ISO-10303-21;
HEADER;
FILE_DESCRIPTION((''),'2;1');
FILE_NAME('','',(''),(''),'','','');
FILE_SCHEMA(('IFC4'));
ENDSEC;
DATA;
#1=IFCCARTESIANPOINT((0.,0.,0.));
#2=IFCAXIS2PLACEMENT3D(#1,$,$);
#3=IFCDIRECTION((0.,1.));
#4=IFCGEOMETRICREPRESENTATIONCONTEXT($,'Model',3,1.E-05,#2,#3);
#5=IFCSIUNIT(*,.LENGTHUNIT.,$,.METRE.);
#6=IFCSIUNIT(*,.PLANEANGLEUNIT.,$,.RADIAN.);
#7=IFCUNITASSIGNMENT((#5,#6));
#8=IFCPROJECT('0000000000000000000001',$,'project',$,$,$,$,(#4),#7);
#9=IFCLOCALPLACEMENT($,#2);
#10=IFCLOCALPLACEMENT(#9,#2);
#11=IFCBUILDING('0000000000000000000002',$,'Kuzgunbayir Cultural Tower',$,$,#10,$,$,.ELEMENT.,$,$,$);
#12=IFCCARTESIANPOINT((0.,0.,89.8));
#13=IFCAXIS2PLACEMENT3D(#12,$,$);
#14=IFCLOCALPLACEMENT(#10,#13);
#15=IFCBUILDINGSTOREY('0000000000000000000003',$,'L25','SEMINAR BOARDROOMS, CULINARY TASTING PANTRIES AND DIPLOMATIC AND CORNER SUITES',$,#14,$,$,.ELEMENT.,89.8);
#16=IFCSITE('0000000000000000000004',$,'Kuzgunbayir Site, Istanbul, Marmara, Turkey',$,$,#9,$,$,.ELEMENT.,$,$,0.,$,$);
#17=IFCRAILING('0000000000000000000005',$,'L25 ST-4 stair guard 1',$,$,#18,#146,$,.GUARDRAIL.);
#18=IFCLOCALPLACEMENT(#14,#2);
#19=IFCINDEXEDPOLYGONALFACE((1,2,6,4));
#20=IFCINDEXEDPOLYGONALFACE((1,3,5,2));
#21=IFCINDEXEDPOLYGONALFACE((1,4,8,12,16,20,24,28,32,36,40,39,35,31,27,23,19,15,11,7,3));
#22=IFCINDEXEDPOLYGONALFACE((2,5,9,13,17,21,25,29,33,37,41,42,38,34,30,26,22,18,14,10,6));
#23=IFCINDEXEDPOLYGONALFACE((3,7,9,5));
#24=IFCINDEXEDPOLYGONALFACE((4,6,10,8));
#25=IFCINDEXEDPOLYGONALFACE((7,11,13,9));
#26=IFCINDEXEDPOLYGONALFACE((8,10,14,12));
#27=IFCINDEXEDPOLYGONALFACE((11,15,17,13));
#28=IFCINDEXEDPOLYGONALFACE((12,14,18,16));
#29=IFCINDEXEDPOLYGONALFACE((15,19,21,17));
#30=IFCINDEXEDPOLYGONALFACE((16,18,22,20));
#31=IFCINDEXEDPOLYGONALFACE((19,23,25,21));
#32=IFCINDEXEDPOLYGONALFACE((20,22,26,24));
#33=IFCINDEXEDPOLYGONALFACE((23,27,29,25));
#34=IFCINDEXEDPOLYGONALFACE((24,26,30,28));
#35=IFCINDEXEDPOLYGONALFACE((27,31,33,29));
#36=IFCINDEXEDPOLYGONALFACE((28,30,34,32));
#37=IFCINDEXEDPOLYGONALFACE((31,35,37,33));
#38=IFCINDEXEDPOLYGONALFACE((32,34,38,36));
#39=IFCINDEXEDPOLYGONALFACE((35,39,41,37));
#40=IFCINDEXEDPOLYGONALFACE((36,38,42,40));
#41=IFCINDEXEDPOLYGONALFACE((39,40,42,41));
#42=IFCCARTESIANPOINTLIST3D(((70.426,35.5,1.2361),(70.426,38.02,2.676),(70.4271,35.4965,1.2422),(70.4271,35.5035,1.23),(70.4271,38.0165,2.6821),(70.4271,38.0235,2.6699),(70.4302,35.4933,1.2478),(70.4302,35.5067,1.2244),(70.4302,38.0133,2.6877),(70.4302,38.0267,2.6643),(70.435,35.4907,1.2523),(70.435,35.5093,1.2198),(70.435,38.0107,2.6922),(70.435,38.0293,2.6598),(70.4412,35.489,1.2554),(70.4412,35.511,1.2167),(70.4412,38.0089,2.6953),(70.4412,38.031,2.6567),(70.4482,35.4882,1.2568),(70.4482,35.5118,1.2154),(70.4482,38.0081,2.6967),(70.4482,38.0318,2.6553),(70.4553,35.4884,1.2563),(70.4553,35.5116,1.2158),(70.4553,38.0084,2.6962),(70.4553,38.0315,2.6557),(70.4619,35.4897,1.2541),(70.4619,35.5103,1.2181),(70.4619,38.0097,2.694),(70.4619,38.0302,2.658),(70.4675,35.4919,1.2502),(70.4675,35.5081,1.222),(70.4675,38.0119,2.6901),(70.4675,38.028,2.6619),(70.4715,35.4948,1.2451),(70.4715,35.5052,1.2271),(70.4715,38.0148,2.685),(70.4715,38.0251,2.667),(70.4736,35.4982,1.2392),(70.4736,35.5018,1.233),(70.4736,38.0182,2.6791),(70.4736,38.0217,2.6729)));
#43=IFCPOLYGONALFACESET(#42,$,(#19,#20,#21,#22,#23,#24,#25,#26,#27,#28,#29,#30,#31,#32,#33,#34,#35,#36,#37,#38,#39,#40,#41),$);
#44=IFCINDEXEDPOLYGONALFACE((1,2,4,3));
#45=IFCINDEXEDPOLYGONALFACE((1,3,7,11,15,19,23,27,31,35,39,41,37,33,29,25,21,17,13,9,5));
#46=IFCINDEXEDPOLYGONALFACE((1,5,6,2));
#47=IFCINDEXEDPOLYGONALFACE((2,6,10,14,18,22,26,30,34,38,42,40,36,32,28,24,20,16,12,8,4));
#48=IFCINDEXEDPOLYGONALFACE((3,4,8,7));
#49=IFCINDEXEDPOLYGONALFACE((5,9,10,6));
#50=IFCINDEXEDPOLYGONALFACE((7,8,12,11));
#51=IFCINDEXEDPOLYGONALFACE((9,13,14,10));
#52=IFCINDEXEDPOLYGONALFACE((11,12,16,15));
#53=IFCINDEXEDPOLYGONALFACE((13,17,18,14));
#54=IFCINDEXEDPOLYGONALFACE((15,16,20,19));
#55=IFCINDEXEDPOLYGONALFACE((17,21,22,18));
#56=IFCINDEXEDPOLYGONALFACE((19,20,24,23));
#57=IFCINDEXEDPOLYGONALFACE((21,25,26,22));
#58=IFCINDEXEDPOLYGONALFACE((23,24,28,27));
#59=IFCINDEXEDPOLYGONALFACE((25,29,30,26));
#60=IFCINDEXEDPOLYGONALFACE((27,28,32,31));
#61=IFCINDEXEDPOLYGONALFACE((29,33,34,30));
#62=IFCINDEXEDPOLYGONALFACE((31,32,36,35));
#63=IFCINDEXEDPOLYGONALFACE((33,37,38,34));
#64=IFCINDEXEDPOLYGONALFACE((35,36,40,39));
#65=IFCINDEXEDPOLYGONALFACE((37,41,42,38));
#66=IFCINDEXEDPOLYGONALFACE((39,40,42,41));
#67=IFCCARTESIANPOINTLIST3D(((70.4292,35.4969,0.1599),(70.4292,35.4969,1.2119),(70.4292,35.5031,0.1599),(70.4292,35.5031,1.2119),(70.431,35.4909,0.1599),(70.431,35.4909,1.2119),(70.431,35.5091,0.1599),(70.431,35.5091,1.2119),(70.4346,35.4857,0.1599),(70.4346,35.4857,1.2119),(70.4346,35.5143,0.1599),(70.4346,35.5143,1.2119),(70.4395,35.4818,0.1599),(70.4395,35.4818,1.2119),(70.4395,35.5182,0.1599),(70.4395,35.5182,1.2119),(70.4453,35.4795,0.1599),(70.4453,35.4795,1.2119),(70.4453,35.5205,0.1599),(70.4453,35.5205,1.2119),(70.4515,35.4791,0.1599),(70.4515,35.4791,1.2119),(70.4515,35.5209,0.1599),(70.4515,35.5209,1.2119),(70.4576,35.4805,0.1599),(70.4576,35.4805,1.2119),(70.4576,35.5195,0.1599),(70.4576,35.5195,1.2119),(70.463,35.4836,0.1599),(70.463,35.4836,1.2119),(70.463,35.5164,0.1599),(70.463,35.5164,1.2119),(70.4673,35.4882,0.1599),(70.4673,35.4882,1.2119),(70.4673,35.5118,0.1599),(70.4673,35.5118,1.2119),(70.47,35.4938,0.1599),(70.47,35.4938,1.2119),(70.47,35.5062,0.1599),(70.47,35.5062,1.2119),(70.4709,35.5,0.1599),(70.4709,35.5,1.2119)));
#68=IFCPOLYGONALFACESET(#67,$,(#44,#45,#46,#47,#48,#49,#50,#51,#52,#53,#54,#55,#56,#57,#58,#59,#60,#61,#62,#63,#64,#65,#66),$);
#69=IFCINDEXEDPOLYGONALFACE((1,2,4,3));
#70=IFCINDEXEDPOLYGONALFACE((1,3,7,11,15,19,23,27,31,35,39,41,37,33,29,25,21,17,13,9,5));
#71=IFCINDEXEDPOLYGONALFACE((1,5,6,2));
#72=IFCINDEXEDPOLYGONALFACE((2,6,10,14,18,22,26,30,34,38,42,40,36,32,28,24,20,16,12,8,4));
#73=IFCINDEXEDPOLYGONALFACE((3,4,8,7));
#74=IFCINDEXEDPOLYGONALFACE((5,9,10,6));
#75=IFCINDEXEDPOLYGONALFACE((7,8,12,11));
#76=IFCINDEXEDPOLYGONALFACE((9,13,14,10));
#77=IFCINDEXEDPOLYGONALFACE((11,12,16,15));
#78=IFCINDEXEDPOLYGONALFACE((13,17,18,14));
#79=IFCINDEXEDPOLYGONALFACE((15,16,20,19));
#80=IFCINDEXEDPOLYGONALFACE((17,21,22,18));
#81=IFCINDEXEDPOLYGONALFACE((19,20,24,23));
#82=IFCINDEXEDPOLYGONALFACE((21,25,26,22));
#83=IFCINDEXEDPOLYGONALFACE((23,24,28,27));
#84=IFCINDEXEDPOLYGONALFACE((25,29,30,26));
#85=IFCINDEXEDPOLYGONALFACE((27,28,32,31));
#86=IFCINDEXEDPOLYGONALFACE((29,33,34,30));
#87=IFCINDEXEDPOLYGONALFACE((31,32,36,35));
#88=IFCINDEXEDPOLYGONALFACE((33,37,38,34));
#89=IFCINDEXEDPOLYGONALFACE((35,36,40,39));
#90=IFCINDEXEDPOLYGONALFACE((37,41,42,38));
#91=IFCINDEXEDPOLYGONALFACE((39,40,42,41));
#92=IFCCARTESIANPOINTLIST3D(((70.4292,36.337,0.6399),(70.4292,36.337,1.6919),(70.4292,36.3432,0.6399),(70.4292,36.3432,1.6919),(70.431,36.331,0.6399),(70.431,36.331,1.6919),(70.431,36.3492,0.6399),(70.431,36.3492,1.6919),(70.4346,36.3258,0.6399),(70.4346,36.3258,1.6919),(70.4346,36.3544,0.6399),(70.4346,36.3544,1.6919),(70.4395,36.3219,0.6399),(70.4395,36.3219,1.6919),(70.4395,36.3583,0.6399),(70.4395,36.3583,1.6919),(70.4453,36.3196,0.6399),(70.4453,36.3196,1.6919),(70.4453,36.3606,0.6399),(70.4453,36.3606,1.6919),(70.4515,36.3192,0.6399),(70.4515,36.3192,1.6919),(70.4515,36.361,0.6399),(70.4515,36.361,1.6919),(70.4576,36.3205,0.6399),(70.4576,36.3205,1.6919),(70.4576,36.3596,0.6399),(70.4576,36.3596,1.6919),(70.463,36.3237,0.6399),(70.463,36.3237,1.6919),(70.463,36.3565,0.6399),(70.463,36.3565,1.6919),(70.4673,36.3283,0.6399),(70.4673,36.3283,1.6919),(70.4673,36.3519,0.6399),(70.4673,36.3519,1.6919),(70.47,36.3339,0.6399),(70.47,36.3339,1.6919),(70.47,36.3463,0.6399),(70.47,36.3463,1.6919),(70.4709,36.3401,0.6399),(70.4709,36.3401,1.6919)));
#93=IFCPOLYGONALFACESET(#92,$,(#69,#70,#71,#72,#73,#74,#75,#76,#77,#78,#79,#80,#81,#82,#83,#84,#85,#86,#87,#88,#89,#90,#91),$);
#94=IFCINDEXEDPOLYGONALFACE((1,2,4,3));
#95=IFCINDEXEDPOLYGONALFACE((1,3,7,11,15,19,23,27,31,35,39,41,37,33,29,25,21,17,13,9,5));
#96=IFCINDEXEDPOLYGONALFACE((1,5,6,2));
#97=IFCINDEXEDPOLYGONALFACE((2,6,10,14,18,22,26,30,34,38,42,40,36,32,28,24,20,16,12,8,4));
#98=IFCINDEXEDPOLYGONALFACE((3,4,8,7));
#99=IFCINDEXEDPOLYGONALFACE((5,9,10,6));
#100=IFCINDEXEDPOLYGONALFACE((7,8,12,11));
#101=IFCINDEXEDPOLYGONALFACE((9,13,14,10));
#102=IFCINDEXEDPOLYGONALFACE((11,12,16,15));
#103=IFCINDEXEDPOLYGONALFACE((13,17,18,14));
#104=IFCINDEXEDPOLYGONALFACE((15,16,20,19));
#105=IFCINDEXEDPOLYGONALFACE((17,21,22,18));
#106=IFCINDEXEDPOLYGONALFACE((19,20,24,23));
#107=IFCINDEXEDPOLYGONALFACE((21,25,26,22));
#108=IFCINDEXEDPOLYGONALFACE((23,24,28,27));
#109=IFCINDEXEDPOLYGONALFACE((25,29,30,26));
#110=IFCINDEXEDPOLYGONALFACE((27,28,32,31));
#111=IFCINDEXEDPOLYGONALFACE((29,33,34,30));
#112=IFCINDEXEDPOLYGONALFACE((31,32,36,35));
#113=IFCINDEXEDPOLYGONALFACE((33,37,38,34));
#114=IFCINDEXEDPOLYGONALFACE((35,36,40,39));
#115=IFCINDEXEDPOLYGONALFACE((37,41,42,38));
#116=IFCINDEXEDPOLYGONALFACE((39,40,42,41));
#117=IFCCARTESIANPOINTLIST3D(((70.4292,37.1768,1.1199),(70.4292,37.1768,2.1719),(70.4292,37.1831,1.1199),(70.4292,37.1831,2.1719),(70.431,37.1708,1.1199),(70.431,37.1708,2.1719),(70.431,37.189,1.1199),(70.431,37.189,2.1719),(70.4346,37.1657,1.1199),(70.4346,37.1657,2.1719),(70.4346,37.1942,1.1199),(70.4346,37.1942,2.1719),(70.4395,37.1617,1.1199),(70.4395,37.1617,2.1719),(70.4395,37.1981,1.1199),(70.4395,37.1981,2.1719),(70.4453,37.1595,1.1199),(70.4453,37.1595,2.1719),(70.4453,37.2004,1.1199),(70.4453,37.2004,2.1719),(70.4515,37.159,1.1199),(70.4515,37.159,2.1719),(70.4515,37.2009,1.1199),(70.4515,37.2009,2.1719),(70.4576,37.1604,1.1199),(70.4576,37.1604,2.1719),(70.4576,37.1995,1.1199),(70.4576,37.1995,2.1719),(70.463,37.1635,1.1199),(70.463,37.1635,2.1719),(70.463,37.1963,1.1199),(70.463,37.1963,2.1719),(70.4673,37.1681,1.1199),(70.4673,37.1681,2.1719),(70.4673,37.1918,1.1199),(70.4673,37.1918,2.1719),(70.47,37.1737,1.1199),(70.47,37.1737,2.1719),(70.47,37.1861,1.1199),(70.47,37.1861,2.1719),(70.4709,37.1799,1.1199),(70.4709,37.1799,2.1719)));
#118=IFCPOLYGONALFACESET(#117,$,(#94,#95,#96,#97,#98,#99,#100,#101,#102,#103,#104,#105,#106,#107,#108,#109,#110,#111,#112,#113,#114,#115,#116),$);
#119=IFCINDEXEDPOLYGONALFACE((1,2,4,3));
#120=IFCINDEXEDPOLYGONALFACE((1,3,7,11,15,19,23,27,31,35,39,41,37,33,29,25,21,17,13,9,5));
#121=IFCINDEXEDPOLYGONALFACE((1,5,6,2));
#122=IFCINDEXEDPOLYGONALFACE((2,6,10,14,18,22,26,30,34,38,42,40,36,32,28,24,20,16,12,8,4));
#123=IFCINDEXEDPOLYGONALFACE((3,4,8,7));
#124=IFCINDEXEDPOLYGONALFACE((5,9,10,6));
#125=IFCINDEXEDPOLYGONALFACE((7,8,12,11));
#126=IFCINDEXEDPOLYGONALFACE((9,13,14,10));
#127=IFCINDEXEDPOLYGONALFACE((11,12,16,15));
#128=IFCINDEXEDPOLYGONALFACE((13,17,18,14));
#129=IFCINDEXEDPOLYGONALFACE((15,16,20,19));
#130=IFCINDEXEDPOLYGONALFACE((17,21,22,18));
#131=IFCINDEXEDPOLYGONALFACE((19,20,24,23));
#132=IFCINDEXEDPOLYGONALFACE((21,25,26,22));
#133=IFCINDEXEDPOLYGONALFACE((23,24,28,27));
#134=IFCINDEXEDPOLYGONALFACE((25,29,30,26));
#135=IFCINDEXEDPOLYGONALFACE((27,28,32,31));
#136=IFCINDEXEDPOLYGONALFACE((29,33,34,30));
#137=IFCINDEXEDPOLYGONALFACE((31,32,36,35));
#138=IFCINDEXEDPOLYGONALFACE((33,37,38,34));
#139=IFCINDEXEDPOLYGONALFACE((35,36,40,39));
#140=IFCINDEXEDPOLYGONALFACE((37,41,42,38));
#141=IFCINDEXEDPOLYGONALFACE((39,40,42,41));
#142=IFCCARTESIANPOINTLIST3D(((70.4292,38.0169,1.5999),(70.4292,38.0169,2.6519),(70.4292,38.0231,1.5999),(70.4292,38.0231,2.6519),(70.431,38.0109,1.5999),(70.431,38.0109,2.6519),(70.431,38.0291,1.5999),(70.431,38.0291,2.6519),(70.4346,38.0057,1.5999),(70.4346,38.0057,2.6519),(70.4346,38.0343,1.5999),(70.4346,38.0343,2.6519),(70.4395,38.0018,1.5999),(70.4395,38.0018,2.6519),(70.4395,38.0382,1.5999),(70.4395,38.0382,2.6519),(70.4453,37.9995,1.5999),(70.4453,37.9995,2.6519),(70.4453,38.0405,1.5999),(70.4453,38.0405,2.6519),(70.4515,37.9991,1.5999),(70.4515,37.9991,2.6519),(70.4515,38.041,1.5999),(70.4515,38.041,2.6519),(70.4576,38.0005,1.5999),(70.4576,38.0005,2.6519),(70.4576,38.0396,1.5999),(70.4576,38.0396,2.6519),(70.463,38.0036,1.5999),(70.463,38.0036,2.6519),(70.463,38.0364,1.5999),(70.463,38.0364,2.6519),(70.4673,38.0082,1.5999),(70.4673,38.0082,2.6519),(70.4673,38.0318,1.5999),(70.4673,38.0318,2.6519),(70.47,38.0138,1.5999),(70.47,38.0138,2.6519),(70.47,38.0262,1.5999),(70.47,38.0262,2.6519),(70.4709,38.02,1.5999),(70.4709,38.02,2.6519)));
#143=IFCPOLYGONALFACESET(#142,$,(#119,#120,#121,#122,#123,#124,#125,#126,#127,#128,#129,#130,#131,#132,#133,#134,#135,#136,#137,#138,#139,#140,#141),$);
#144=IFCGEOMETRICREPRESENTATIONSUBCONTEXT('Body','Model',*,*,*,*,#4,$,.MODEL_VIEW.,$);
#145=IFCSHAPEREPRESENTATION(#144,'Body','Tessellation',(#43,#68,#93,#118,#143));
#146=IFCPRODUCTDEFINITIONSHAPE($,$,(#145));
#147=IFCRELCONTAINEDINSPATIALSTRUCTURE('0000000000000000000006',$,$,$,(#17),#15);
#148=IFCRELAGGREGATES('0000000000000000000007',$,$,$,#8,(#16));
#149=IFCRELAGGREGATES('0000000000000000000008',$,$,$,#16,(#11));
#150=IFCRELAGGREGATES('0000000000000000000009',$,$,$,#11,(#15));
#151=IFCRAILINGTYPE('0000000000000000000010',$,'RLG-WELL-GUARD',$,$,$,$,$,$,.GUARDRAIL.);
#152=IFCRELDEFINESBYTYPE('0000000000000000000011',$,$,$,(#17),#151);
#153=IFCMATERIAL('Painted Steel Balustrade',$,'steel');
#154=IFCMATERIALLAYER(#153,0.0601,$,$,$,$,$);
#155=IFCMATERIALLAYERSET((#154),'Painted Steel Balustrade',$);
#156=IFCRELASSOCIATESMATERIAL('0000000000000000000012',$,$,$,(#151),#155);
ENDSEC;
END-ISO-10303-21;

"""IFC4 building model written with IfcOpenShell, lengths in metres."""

from ifc_helpers import new_model, si_unit, direction, frame, origin, origin_2d, place, context, subcontext, project, spatial, circle, extrude, material, layer, layer_set, type_object, element, save


model = new_model("IFC4")

# Units and contexts
model_context = context("Model", 3, precision=1e-05, world=origin(), true_north=direction((0.0, 1.0)))
body_context = subcontext(model_context, "Body", "Model", "MODEL_VIEW")
ifc_project = project(units=[si_unit("LENGTHUNIT", "METRE"), si_unit("PLANEANGLEUNIT", "RADIAN")], contexts=[model_context])

# Site, building, storey
site_placement = place(None, origin())
site = spatial("IfcSite", under=ifc_project, at=site_placement, Name="Kuzgunbayir Site, Istanbul, Marmara, Turkey", CompositionType="ELEMENT", RefElevation=0.0)
building_placement = place(site_placement, origin())
building = spatial("IfcBuilding", under=site, at=building_placement, Name="Kuzgunbayir Cultural Tower", CompositionType="ELEMENT")
storey_placement = place(building_placement, frame((0.0, 0.0, 89.8)))
storey = spatial("IfcBuildingStorey", under=building, at=storey_placement, Name="L25", Description="SEMINAR BOARDROOMS, CULINARY TASTING PANTRIES AND DIPLOMATIC AND CORNER SUITES", CompositionType="ELEMENT", Elevation=89.8)

# Railing
ifc_material_1 = material(Name="Painted Steel Balustrade", Category="steel")
ifc_layer_1 = layer(ifc_material_1, 0.0601)
ifc_layer_set_1 = layer_set([ifc_layer_1], Name="Painted Steel Balustrade")
railing_type_1 = type_object("IfcRailingType", Name="RLG-WELL-GUARD", PredefinedType="GUARDRAIL", material=ifc_layer_set_1)
railing_1_placement = place(storey_placement, frame((70.45, 35.5, 0.1599)))
element("IfcRailing", 1, at=railing_1_placement, inside=storey, type_object=railing_type_1, Name="L25 ST-4 stair guard 1", PredefinedType="GUARDRAIL", context=body_context, shape_type="SweptSolid", body=[
    extrude(circle(Radius=0.0239, at=origin_2d()), frame((0.0, 0.0, 1.0762), z_axis=(0.0, 0.868253, 0.496121), x_axis=(-1.0, 0.0, 0.0)), (0.0, 0.0, 1.0), 2.9023),
    extrude(circle(Radius=0.021, at=origin_2d()), origin(), (0.0, 0.0, 1.0), 1.052),
    extrude(circle(Radius=0.021, at=origin_2d()), frame((0.0, 0.8401, 0.48)), (0.0, 0.0, 1.0), 1.052),
    extrude(circle(Radius=0.021, at=origin_2d()), frame((0.0, 1.6799, 0.96)), (0.0, 0.0, 1.0), 1.052),
    extrude(circle(Radius=0.021, at=origin_2d()), frame((0.0, 2.52, 1.4399)), (0.0, 0.0, 1.0), 1.052),
])

save(model, "model.ifc")
